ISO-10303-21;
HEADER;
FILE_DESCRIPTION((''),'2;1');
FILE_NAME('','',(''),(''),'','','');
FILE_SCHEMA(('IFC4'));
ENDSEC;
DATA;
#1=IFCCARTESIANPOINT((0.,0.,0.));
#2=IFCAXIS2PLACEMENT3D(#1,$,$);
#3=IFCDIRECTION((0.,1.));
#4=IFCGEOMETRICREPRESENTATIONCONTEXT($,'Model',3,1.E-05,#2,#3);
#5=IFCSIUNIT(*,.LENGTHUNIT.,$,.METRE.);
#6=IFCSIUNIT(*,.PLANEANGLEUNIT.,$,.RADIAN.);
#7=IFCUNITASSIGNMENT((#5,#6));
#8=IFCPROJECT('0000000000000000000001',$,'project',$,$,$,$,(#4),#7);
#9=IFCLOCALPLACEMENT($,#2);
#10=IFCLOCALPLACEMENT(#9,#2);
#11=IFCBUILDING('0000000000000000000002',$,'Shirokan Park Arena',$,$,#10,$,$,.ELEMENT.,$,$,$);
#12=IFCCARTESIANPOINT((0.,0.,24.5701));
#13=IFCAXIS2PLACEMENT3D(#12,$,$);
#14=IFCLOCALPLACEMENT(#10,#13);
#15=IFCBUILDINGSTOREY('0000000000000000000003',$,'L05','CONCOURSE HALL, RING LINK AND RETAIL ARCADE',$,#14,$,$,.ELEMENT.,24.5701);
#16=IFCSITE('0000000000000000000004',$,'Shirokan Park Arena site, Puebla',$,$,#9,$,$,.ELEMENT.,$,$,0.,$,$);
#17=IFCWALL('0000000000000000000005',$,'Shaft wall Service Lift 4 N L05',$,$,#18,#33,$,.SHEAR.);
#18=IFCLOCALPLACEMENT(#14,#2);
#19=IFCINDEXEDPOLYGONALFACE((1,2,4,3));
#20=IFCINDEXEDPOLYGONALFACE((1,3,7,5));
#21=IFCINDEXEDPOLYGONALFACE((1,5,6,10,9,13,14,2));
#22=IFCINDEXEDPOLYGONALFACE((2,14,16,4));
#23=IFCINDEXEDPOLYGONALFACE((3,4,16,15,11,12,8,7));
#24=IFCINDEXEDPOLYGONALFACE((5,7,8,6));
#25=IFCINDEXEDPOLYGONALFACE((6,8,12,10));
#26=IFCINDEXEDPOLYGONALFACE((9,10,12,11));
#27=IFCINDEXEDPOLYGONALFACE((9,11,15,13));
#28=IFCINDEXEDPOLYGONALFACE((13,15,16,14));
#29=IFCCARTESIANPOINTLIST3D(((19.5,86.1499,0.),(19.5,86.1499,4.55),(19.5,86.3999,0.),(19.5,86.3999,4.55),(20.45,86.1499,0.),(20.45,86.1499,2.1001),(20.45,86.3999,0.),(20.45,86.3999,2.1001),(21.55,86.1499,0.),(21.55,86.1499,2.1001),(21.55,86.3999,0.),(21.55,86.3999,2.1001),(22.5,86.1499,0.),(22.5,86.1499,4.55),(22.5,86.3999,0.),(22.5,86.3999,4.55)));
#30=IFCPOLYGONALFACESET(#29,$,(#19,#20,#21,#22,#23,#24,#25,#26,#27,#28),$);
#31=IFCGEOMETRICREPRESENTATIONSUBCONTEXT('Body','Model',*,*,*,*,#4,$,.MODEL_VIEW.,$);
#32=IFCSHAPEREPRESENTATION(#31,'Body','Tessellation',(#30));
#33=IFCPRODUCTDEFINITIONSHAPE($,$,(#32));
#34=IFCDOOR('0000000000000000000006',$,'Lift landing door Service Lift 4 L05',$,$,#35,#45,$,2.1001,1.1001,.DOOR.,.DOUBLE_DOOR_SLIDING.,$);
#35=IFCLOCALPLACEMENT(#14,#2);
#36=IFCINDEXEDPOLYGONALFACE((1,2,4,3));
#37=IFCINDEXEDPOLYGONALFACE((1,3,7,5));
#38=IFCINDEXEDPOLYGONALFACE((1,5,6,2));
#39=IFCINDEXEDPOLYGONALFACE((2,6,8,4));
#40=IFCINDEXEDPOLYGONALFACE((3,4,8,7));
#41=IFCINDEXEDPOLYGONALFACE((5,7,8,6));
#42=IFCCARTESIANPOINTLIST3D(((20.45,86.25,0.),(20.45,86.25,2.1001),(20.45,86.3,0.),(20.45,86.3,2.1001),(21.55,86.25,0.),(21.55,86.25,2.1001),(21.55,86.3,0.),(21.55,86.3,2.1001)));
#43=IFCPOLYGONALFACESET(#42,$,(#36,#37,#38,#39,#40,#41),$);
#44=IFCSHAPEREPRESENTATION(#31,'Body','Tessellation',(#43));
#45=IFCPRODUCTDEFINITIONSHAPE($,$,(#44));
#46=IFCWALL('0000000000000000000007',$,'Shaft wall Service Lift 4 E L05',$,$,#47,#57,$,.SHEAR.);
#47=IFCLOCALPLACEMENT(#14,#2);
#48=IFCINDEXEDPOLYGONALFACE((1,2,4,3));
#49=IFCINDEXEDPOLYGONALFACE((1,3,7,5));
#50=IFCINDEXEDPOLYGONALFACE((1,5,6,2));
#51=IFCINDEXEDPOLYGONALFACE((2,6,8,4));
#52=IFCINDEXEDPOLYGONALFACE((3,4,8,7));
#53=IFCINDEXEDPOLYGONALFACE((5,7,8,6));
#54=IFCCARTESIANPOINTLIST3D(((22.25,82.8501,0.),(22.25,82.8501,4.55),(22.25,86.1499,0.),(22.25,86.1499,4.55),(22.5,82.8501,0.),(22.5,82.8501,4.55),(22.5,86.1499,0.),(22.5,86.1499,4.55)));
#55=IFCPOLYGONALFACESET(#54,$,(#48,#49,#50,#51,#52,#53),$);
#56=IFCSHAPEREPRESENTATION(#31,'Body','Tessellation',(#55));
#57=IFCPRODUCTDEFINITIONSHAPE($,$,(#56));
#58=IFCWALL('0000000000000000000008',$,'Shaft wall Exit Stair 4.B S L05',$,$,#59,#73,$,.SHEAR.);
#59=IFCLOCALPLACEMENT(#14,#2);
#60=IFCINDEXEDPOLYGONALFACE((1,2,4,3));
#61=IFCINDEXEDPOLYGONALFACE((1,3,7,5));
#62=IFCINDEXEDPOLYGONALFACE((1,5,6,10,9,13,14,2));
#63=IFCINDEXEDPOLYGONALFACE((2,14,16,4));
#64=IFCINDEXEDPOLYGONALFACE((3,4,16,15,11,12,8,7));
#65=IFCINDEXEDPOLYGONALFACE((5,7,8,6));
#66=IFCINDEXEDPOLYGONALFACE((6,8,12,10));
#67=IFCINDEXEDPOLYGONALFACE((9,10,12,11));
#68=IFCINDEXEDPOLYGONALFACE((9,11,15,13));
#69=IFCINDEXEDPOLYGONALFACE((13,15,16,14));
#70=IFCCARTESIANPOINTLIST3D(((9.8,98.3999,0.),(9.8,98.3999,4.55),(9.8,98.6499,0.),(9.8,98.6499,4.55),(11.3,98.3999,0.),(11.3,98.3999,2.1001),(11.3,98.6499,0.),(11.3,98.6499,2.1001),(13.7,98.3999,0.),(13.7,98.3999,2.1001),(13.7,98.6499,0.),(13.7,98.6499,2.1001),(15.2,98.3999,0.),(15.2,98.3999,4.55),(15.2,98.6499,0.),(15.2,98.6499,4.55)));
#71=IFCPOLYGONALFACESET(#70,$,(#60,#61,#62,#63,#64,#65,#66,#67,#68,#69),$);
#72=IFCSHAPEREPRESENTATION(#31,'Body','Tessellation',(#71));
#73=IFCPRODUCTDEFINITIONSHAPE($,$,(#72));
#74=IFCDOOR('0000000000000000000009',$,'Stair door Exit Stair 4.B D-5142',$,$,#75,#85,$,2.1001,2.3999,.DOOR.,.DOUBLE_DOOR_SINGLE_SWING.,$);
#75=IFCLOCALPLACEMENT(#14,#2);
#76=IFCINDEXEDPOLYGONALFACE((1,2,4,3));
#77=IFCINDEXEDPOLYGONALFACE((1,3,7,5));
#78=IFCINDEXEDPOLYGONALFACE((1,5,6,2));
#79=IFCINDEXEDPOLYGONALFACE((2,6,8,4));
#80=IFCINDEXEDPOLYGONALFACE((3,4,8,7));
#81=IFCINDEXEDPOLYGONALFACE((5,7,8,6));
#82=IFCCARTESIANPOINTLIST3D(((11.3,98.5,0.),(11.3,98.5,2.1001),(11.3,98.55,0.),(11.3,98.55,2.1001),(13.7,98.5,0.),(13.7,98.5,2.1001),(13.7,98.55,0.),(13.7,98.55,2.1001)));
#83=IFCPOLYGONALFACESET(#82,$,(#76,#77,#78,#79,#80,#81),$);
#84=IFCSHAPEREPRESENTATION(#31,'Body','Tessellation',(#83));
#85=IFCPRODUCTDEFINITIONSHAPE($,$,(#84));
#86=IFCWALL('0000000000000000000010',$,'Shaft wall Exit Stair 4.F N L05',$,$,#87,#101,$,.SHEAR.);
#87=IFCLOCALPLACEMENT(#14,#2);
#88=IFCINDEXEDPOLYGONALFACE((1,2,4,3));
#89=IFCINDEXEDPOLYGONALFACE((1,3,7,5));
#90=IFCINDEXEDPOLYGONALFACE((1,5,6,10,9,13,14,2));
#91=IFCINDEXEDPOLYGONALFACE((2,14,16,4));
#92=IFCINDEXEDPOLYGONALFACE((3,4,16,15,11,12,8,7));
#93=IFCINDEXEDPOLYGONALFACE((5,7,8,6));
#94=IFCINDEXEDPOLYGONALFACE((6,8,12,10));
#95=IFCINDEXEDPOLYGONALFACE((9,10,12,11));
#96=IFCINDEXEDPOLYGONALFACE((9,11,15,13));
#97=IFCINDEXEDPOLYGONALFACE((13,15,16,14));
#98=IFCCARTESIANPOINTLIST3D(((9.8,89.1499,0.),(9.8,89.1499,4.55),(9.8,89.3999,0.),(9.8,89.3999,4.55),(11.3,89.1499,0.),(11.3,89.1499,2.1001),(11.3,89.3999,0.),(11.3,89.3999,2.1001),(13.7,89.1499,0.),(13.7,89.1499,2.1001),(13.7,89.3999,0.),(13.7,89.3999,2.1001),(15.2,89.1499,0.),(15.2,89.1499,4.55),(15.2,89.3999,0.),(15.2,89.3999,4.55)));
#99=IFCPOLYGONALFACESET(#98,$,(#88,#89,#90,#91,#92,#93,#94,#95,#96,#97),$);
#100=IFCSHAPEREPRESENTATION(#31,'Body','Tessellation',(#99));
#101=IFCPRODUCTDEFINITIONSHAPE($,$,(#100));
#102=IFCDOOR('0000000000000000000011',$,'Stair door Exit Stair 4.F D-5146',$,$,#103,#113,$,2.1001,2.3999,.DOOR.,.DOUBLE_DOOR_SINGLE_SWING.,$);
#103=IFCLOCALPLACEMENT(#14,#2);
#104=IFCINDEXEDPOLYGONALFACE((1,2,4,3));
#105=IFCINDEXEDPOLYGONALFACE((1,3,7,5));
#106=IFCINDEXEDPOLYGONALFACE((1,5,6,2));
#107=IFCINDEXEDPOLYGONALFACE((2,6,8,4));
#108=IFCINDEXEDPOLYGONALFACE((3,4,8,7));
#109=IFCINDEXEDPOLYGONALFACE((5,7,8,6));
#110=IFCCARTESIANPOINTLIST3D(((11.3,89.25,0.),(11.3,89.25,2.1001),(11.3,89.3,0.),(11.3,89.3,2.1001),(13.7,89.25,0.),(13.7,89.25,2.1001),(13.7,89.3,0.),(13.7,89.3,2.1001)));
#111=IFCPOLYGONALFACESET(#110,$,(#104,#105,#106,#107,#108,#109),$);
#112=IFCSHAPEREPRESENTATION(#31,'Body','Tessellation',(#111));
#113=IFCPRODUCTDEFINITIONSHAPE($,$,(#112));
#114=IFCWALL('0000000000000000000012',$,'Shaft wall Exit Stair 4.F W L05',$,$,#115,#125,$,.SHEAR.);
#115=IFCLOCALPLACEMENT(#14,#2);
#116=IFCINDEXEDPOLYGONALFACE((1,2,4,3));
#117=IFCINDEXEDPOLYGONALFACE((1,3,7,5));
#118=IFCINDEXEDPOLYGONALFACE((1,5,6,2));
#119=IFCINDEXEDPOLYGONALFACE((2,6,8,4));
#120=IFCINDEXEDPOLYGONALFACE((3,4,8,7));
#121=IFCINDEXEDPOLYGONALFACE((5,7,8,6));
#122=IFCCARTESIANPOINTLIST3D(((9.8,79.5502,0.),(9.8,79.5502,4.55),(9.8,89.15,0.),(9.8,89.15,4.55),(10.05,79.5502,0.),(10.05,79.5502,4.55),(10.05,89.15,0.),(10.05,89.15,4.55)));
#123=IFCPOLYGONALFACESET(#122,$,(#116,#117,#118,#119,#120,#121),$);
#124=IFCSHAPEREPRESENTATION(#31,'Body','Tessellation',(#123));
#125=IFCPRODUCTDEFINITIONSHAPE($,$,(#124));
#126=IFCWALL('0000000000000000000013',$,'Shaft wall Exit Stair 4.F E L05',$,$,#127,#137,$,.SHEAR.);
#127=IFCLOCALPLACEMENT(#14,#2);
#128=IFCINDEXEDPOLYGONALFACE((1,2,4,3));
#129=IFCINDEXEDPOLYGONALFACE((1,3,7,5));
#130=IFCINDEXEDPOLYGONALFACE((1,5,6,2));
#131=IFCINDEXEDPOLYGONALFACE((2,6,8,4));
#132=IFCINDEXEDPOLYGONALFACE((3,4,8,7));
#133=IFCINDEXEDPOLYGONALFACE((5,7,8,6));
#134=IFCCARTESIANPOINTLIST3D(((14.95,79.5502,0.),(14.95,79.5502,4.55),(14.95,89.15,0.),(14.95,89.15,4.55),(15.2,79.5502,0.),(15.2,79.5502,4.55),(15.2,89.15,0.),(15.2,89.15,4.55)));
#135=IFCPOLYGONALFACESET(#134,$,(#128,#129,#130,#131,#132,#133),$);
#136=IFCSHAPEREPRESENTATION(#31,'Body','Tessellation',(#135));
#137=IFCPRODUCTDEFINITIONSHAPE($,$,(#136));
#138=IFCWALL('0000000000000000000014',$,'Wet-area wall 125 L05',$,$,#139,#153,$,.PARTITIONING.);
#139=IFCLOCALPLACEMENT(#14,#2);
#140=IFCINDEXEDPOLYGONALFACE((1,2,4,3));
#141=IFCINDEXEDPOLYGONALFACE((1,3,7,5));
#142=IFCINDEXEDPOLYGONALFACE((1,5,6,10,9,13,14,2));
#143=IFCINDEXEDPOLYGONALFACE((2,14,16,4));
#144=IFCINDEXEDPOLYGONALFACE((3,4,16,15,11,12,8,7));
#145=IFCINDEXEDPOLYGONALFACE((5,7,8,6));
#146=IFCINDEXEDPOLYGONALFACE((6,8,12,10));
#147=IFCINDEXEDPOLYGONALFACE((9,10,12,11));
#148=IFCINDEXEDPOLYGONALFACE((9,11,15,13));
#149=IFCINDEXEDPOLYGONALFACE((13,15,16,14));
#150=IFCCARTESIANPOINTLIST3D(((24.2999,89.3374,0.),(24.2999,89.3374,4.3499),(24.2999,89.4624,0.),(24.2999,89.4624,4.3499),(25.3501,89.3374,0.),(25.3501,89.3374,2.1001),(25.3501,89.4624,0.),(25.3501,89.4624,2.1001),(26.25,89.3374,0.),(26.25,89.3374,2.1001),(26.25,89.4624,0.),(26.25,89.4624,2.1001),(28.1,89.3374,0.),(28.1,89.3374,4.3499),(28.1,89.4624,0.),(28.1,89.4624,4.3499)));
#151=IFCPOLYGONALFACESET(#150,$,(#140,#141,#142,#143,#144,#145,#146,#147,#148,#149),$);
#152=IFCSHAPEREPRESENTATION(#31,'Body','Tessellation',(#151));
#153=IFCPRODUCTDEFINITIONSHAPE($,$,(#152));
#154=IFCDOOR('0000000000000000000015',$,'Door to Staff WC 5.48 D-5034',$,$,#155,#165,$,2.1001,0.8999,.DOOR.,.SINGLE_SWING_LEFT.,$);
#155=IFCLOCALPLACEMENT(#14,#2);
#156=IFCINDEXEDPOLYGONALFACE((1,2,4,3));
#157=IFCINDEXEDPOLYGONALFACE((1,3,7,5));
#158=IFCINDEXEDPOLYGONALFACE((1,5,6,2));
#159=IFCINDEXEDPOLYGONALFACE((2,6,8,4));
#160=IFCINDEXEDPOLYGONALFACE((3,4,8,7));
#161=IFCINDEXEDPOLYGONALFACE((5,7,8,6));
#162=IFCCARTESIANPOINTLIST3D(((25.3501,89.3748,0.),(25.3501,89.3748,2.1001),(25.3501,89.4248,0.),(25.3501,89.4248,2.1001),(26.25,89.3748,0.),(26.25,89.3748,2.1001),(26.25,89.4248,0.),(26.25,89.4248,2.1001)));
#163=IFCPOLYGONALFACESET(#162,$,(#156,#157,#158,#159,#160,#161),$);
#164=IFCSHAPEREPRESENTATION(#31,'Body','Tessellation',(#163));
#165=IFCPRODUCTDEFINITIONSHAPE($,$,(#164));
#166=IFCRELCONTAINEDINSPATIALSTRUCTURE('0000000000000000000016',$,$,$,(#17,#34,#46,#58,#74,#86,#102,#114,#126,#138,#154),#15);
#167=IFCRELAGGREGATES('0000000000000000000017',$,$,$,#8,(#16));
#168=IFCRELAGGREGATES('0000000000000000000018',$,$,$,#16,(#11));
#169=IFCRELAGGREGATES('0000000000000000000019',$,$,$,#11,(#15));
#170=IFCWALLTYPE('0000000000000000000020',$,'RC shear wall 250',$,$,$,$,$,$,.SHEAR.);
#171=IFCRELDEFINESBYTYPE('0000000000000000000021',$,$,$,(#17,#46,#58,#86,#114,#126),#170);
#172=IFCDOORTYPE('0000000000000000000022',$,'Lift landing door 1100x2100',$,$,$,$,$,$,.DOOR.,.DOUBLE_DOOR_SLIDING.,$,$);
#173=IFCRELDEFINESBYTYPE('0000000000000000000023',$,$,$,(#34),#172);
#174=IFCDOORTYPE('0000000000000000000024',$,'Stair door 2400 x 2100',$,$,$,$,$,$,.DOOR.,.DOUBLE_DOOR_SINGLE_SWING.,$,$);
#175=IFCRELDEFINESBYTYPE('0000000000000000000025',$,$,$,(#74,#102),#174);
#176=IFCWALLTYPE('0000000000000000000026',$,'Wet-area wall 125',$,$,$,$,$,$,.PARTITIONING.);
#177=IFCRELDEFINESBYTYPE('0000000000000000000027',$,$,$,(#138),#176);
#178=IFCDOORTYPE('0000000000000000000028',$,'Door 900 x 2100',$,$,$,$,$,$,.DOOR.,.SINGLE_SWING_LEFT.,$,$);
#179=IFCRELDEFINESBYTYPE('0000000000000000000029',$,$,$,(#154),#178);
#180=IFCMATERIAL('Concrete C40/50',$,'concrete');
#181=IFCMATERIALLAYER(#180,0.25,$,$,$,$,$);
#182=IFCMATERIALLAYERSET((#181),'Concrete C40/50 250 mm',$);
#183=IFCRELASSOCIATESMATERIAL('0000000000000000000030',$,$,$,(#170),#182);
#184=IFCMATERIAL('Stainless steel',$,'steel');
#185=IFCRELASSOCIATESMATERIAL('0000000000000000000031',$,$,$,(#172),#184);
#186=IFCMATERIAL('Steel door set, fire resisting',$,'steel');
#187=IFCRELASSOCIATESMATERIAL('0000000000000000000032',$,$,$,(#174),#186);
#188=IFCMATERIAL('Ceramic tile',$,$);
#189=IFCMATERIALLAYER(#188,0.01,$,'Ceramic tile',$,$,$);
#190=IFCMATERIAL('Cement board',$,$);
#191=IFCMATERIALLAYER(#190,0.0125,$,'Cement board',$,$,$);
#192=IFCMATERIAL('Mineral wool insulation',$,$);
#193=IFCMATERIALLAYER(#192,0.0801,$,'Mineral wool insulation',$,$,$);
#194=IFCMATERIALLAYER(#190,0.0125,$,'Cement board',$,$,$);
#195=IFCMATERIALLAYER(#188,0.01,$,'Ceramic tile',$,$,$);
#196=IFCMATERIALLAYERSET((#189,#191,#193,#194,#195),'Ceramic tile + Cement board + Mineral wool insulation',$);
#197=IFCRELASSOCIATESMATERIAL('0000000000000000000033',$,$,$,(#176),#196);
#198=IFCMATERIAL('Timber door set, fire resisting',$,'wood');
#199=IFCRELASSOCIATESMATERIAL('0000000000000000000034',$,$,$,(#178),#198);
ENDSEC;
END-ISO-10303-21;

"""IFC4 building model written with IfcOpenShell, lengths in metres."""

from ifc_helpers import new_model, si_unit, direction, frame, frame_2d, origin, place, context, subcontext, project, spatial, rectangle, extrude, material, layer, layer_set, type_object, element, fill, save


model = new_model("IFC4")

# Units and contexts
model_context = context("Model", 3, precision=1e-05, world=origin(), true_north=direction((0.0, 1.0)))
body_context = subcontext(model_context, "Body", "Model", "MODEL_VIEW")
ifc_project = project(units=[si_unit("LENGTHUNIT", "METRE"), si_unit("PLANEANGLEUNIT", "RADIAN")], contexts=[model_context])

# Site, building, storey
site_placement = place(None, origin())
site = spatial("IfcSite", under=ifc_project, at=site_placement, Name="Shirokan Park Arena site, Puebla", CompositionType="ELEMENT", RefElevation=0.0)
building_placement = place(site_placement, origin())
building = spatial("IfcBuilding", under=site, at=building_placement, Name="Shirokan Park Arena", CompositionType="ELEMENT")
storey_placement = place(building_placement, frame((0.0, 0.0, 24.5701)))
storey = spatial("IfcBuildingStorey", under=building, at=storey_placement, Name="L05", Description="CONCOURSE HALL, RING LINK AND RETAIL ARCADE", CompositionType="ELEMENT", Elevation=24.5701)

# Shared definitions
ifc_material_1 = material(Name="Timber door set, fire resisting", Category="wood")

# Shared definitions
ifc_material_2 = material(Name="Mineral wool insulation")

# Wall, opening, door
ifc_material_3 = material(Name="Concrete C40/50", Category="concrete")
ifc_layer_1 = layer(ifc_material_3, 0.25)
ifc_layer_set_1 = layer_set([ifc_layer_1], Name="Concrete C40/50 250 mm")
wall_type_1 = type_object("IfcWallType", Name="RC shear wall 250", PredefinedType="SHEAR", material=ifc_layer_set_1)
wall_1_placement = place(storey_placement, frame((22.5, 86.2749, 0.0), z_axis=(0.0, 0.0, 1.0), x_axis=(-1.0, 0.0, 0.0)))
wall_1 = element("IfcWall", 1, at=wall_1_placement, inside=storey, type_object=wall_type_1, Name="Shaft wall Service Lift 4 N L05", PredefinedType="SHEAR", context=body_context, shape_type="SweptSolid", body=[
    extrude(rectangle(XDim=3.0, YDim=0.25, at=frame_2d((1.5, 0.0))), origin(), (0.0, 0.0, 1.0), 4.55),
])
opening_1_placement = place(wall_1_placement, frame((0.95, 0.0, 0.0)))
opening_1 = element("IfcOpeningElement", 2, at=opening_1_placement, cuts=wall_1, PredefinedType="OPENING", context=body_context, shape_type="SweptSolid", body=[
    extrude(rectangle(XDim=1.1001, YDim=2.1001, at=frame_2d((0.55, 1.05))), frame((0.0, 0.135, 0.0), z_axis=(0.0, -1.0, 0.0), x_axis=(1.0, 0.0, 0.0)), (0.0, 0.0, 1.0), 0.27),
])
ifc_material_4 = material(Name="Stainless steel", Category="steel")
door_type_1 = type_object("IfcDoorType", Name="Lift landing door 1100x2100", OperationType="DOUBLE_DOOR_SLIDING", PredefinedType="DOOR", material=ifc_material_4)
door_1_placement = place(opening_1_placement, origin())
door_1 = element("IfcDoor", 3, at=door_1_placement, inside=storey, type_object=door_type_1, Name="Lift landing door Service Lift 4 L05", OperationType="DOUBLE_DOOR_SLIDING", OverallHeight=2.1001, OverallWidth=1.1001, PredefinedType="DOOR", context=body_context, shape_type="SweptSolid", body=[
    extrude(rectangle(XDim=1.1001, YDim=2.1001, at=frame_2d((0.55, 1.05))), frame((0.0, 0.0249, 0.0), z_axis=(0.0, -1.0, 0.0), x_axis=(1.0, 0.0, 0.0)), (0.0, 0.0, 1.0), 0.05),
])
fill(opening_1, door_1)

# Wall
wall_2_placement = place(storey_placement, frame((22.375, 86.1499, 0.0), z_axis=(0.0, 0.0, 1.0), x_axis=(0.0, -1.0, 0.0)))
element("IfcWall", 4, at=wall_2_placement, inside=storey, type_object=wall_type_1, Name="Shaft wall Service Lift 4 E L05", PredefinedType="SHEAR", context=body_context, shape_type="SweptSolid", body=[
    extrude(rectangle(XDim=3.2998, YDim=0.25, at=frame_2d((1.6499, 0.0))), origin(), (0.0, 0.0, 1.0), 4.55),
])

# Walls, openings, doors
wall_3_placement = place(storey_placement, frame((15.2, 98.5249, 0.0), z_axis=(0.0, 0.0, 1.0), x_axis=(-1.0, 0.0, 0.0)))
wall_3 = element("IfcWall", 5, at=wall_3_placement, inside=storey, type_object=wall_type_1, Name="Shaft wall Exit Stair 4.B S L05", PredefinedType="SHEAR", context=body_context, shape_type="SweptSolid", body=[
    extrude(rectangle(XDim=5.3999, YDim=0.25, at=frame_2d((2.7, 0.0))), origin(), (0.0, 0.0, 1.0), 4.55),
])
opening_2_placement = place(wall_3_placement, frame((1.5, 0.0, 0.0)))
opening_2 = element("IfcOpeningElement", 6, at=opening_2_placement, cuts=wall_3, PredefinedType="OPENING", context=body_context, shape_type="SweptSolid", body=[
    extrude(rectangle(XDim=2.3999, YDim=2.1001, at=frame_2d((1.2, 1.05))), frame((0.0, 0.135, 0.0), z_axis=(0.0, -1.0, 0.0), x_axis=(1.0, 0.0, 0.0)), (0.0, 0.0, 1.0), 0.27),
])
ifc_material_5 = material(Name="Steel door set, fire resisting", Category="steel")
door_type_2 = type_object("IfcDoorType", Name="Stair door 2400 x 2100", OperationType="DOUBLE_DOOR_SINGLE_SWING", PredefinedType="DOOR", material=ifc_material_5)
door_2_placement = place(opening_2_placement, origin())
door_2 = element("IfcDoor", 7, at=door_2_placement, inside=storey, type_object=door_type_2, Name="Stair door Exit Stair 4.B D-5142", OperationType="DOUBLE_DOOR_SINGLE_SWING", OverallHeight=2.1001, OverallWidth=2.3999, PredefinedType="DOOR", context=body_context, shape_type="SweptSolid", body=[
    extrude(rectangle(XDim=2.3999, YDim=2.1001, at=frame_2d((1.2, 1.05))), frame((0.0, 0.0249, 0.0), z_axis=(0.0, -1.0, 0.0), x_axis=(1.0, 0.0, 0.0)), (0.0, 0.0, 1.0), 0.05),
])
fill(opening_2, door_2)
wall_4_placement = place(storey_placement, frame((15.2, 89.2749, 0.0), z_axis=(0.0, 0.0, 1.0), x_axis=(-1.0, 0.0, 0.0)))
wall_4 = element("IfcWall", 8, at=wall_4_placement, inside=storey, type_object=wall_type_1, Name="Shaft wall Exit Stair 4.F N L05", PredefinedType="SHEAR", context=body_context, shape_type="SweptSolid", body=[
    extrude(rectangle(XDim=5.3999, YDim=0.25, at=frame_2d((2.7, 0.0))), origin(), (0.0, 0.0, 1.0), 4.55),
])
opening_3_placement = place(wall_4_placement, frame((1.5, 0.0, 0.0)))
opening_3 = element("IfcOpeningElement", 9, at=opening_3_placement, cuts=wall_4, PredefinedType="OPENING", context=body_context, shape_type="SweptSolid", body=[
    extrude(rectangle(XDim=2.3999, YDim=2.1001, at=frame_2d((1.2, 1.05))), frame((0.0, 0.135, 0.0), z_axis=(0.0, -1.0, 0.0), x_axis=(1.0, 0.0, 0.0)), (0.0, 0.0, 1.0), 0.27),
])
door_3_placement = place(opening_3_placement, origin())
door_3 = element("IfcDoor", 10, at=door_3_placement, inside=storey, type_object=door_type_2, Name="Stair door Exit Stair 4.F D-5146", OperationType="DOUBLE_DOOR_SINGLE_SWING", OverallHeight=2.1001, OverallWidth=2.3999, PredefinedType="DOOR", context=body_context, shape_type="SweptSolid", body=[
    extrude(rectangle(XDim=2.3999, YDim=2.1001, at=frame_2d((1.2, 1.05))), frame((0.0, 0.0249, 0.0), z_axis=(0.0, -1.0, 0.0), x_axis=(1.0, 0.0, 0.0)), (0.0, 0.0, 1.0), 0.05),
])
fill(opening_3, door_3)

# Walls
for number, where, z_axis, x_axis, name in (
    (11, (9.925, 89.1499, 0.0), (0.0, 0.0, 1.0), (0.0, -1.0, 0.0), "Shaft wall Exit Stair 4.F W L05"),
    (12, (15.075, 89.1499, 0.0), (0.0, 0.0, 1.0), (0.0, -1.0, 0.0), "Shaft wall Exit Stair 4.F E L05"),
):
    element("IfcWall", number, at=place(storey_placement, frame(where, z_axis=z_axis, x_axis=x_axis)), inside=storey, type_object=wall_type_1, Name=name, PredefinedType="SHEAR", context=body_context, shape_type="SweptSolid", body=[
        extrude(rectangle(XDim=9.5999, YDim=0.25, at=frame_2d((4.7998, 0.0))), origin(), (0.0, 0.0, 1.0), 4.55),
    ])

# Wall, opening, door
ifc_material_6 = material(Name="Ceramic tile")
ifc_layer_2 = layer(ifc_material_6, 0.01, Name="Ceramic tile")
ifc_material_7 = material(Name="Cement board")
ifc_layer_3 = layer(ifc_material_7, 0.0125, Name="Cement board")
ifc_layer_4 = layer(ifc_material_2, 0.0801, Name="Mineral wool insulation")
ifc_layer_5 = layer(ifc_material_7, 0.0125, Name="Cement board")
ifc_layer_6 = layer(ifc_material_6, 0.01, Name="Ceramic tile")
ifc_layer_set_2 = layer_set([ifc_layer_2, ifc_layer_3, ifc_layer_4, ifc_layer_5, ifc_layer_6], Name="Ceramic tile + Cement board + Mineral wool insulation")
wall_type_2 = type_object("IfcWallType", Name="Wet-area wall 125", PredefinedType="PARTITIONING", material=ifc_layer_set_2)
wall_5_placement = place(storey_placement, frame((24.3, 89.3999, 0.0), z_axis=(0.0, 0.0, 1.0), x_axis=(1.0, 0.0, 0.0)))
wall_5 = element("IfcWall", 13, at=wall_5_placement, inside=storey, type_object=wall_type_2, Name="Wet-area wall 125 L05", PredefinedType="PARTITIONING", context=body_context, shape_type="SweptSolid", body=[
    extrude(rectangle(XDim=3.8, YDim=0.125, at=frame_2d((1.8999, 0.0))), origin(), (0.0, 0.0, 1.0), 4.3499),
])
opening_4_placement = place(wall_5_placement, frame((1.05, 0.0, 0.0)))
opening_4 = element("IfcOpeningElement", 14, at=opening_4_placement, cuts=wall_5, PredefinedType="OPENING", context=body_context, shape_type="SweptSolid", body=[
    extrude(rectangle(XDim=0.8999, YDim=2.1001, at=frame_2d((0.45, 1.05))), frame((0.0, 0.0725, 0.0), z_axis=(0.0, -1.0, 0.0), x_axis=(1.0, 0.0, 0.0)), (0.0, 0.0, 1.0), 0.145),
])
door_type_3 = type_object("IfcDoorType", Name="Door 900 x 2100", OperationType="SINGLE_SWING_LEFT", PredefinedType="DOOR", material=ifc_material_1)
door_4_placement = place(opening_4_placement, origin())
door_4 = element("IfcDoor", 15, at=door_4_placement, inside=storey, type_object=door_type_3, Name="Door to Staff WC 5.48 D-5034", OperationType="SINGLE_SWING_LEFT", OverallHeight=2.1001, OverallWidth=0.8999, PredefinedType="DOOR", context=body_context, shape_type="SweptSolid", body=[
    extrude(rectangle(XDim=0.8999, YDim=2.1001, at=frame_2d((0.45, 1.05))), frame((0.0, 0.0249, 0.0), z_axis=(0.0, -1.0, 0.0), x_axis=(1.0, 0.0, 0.0)), (0.0, 0.0, 1.0), 0.05),
])
fill(opening_4, door_4)

save(model, "model.ifc")
